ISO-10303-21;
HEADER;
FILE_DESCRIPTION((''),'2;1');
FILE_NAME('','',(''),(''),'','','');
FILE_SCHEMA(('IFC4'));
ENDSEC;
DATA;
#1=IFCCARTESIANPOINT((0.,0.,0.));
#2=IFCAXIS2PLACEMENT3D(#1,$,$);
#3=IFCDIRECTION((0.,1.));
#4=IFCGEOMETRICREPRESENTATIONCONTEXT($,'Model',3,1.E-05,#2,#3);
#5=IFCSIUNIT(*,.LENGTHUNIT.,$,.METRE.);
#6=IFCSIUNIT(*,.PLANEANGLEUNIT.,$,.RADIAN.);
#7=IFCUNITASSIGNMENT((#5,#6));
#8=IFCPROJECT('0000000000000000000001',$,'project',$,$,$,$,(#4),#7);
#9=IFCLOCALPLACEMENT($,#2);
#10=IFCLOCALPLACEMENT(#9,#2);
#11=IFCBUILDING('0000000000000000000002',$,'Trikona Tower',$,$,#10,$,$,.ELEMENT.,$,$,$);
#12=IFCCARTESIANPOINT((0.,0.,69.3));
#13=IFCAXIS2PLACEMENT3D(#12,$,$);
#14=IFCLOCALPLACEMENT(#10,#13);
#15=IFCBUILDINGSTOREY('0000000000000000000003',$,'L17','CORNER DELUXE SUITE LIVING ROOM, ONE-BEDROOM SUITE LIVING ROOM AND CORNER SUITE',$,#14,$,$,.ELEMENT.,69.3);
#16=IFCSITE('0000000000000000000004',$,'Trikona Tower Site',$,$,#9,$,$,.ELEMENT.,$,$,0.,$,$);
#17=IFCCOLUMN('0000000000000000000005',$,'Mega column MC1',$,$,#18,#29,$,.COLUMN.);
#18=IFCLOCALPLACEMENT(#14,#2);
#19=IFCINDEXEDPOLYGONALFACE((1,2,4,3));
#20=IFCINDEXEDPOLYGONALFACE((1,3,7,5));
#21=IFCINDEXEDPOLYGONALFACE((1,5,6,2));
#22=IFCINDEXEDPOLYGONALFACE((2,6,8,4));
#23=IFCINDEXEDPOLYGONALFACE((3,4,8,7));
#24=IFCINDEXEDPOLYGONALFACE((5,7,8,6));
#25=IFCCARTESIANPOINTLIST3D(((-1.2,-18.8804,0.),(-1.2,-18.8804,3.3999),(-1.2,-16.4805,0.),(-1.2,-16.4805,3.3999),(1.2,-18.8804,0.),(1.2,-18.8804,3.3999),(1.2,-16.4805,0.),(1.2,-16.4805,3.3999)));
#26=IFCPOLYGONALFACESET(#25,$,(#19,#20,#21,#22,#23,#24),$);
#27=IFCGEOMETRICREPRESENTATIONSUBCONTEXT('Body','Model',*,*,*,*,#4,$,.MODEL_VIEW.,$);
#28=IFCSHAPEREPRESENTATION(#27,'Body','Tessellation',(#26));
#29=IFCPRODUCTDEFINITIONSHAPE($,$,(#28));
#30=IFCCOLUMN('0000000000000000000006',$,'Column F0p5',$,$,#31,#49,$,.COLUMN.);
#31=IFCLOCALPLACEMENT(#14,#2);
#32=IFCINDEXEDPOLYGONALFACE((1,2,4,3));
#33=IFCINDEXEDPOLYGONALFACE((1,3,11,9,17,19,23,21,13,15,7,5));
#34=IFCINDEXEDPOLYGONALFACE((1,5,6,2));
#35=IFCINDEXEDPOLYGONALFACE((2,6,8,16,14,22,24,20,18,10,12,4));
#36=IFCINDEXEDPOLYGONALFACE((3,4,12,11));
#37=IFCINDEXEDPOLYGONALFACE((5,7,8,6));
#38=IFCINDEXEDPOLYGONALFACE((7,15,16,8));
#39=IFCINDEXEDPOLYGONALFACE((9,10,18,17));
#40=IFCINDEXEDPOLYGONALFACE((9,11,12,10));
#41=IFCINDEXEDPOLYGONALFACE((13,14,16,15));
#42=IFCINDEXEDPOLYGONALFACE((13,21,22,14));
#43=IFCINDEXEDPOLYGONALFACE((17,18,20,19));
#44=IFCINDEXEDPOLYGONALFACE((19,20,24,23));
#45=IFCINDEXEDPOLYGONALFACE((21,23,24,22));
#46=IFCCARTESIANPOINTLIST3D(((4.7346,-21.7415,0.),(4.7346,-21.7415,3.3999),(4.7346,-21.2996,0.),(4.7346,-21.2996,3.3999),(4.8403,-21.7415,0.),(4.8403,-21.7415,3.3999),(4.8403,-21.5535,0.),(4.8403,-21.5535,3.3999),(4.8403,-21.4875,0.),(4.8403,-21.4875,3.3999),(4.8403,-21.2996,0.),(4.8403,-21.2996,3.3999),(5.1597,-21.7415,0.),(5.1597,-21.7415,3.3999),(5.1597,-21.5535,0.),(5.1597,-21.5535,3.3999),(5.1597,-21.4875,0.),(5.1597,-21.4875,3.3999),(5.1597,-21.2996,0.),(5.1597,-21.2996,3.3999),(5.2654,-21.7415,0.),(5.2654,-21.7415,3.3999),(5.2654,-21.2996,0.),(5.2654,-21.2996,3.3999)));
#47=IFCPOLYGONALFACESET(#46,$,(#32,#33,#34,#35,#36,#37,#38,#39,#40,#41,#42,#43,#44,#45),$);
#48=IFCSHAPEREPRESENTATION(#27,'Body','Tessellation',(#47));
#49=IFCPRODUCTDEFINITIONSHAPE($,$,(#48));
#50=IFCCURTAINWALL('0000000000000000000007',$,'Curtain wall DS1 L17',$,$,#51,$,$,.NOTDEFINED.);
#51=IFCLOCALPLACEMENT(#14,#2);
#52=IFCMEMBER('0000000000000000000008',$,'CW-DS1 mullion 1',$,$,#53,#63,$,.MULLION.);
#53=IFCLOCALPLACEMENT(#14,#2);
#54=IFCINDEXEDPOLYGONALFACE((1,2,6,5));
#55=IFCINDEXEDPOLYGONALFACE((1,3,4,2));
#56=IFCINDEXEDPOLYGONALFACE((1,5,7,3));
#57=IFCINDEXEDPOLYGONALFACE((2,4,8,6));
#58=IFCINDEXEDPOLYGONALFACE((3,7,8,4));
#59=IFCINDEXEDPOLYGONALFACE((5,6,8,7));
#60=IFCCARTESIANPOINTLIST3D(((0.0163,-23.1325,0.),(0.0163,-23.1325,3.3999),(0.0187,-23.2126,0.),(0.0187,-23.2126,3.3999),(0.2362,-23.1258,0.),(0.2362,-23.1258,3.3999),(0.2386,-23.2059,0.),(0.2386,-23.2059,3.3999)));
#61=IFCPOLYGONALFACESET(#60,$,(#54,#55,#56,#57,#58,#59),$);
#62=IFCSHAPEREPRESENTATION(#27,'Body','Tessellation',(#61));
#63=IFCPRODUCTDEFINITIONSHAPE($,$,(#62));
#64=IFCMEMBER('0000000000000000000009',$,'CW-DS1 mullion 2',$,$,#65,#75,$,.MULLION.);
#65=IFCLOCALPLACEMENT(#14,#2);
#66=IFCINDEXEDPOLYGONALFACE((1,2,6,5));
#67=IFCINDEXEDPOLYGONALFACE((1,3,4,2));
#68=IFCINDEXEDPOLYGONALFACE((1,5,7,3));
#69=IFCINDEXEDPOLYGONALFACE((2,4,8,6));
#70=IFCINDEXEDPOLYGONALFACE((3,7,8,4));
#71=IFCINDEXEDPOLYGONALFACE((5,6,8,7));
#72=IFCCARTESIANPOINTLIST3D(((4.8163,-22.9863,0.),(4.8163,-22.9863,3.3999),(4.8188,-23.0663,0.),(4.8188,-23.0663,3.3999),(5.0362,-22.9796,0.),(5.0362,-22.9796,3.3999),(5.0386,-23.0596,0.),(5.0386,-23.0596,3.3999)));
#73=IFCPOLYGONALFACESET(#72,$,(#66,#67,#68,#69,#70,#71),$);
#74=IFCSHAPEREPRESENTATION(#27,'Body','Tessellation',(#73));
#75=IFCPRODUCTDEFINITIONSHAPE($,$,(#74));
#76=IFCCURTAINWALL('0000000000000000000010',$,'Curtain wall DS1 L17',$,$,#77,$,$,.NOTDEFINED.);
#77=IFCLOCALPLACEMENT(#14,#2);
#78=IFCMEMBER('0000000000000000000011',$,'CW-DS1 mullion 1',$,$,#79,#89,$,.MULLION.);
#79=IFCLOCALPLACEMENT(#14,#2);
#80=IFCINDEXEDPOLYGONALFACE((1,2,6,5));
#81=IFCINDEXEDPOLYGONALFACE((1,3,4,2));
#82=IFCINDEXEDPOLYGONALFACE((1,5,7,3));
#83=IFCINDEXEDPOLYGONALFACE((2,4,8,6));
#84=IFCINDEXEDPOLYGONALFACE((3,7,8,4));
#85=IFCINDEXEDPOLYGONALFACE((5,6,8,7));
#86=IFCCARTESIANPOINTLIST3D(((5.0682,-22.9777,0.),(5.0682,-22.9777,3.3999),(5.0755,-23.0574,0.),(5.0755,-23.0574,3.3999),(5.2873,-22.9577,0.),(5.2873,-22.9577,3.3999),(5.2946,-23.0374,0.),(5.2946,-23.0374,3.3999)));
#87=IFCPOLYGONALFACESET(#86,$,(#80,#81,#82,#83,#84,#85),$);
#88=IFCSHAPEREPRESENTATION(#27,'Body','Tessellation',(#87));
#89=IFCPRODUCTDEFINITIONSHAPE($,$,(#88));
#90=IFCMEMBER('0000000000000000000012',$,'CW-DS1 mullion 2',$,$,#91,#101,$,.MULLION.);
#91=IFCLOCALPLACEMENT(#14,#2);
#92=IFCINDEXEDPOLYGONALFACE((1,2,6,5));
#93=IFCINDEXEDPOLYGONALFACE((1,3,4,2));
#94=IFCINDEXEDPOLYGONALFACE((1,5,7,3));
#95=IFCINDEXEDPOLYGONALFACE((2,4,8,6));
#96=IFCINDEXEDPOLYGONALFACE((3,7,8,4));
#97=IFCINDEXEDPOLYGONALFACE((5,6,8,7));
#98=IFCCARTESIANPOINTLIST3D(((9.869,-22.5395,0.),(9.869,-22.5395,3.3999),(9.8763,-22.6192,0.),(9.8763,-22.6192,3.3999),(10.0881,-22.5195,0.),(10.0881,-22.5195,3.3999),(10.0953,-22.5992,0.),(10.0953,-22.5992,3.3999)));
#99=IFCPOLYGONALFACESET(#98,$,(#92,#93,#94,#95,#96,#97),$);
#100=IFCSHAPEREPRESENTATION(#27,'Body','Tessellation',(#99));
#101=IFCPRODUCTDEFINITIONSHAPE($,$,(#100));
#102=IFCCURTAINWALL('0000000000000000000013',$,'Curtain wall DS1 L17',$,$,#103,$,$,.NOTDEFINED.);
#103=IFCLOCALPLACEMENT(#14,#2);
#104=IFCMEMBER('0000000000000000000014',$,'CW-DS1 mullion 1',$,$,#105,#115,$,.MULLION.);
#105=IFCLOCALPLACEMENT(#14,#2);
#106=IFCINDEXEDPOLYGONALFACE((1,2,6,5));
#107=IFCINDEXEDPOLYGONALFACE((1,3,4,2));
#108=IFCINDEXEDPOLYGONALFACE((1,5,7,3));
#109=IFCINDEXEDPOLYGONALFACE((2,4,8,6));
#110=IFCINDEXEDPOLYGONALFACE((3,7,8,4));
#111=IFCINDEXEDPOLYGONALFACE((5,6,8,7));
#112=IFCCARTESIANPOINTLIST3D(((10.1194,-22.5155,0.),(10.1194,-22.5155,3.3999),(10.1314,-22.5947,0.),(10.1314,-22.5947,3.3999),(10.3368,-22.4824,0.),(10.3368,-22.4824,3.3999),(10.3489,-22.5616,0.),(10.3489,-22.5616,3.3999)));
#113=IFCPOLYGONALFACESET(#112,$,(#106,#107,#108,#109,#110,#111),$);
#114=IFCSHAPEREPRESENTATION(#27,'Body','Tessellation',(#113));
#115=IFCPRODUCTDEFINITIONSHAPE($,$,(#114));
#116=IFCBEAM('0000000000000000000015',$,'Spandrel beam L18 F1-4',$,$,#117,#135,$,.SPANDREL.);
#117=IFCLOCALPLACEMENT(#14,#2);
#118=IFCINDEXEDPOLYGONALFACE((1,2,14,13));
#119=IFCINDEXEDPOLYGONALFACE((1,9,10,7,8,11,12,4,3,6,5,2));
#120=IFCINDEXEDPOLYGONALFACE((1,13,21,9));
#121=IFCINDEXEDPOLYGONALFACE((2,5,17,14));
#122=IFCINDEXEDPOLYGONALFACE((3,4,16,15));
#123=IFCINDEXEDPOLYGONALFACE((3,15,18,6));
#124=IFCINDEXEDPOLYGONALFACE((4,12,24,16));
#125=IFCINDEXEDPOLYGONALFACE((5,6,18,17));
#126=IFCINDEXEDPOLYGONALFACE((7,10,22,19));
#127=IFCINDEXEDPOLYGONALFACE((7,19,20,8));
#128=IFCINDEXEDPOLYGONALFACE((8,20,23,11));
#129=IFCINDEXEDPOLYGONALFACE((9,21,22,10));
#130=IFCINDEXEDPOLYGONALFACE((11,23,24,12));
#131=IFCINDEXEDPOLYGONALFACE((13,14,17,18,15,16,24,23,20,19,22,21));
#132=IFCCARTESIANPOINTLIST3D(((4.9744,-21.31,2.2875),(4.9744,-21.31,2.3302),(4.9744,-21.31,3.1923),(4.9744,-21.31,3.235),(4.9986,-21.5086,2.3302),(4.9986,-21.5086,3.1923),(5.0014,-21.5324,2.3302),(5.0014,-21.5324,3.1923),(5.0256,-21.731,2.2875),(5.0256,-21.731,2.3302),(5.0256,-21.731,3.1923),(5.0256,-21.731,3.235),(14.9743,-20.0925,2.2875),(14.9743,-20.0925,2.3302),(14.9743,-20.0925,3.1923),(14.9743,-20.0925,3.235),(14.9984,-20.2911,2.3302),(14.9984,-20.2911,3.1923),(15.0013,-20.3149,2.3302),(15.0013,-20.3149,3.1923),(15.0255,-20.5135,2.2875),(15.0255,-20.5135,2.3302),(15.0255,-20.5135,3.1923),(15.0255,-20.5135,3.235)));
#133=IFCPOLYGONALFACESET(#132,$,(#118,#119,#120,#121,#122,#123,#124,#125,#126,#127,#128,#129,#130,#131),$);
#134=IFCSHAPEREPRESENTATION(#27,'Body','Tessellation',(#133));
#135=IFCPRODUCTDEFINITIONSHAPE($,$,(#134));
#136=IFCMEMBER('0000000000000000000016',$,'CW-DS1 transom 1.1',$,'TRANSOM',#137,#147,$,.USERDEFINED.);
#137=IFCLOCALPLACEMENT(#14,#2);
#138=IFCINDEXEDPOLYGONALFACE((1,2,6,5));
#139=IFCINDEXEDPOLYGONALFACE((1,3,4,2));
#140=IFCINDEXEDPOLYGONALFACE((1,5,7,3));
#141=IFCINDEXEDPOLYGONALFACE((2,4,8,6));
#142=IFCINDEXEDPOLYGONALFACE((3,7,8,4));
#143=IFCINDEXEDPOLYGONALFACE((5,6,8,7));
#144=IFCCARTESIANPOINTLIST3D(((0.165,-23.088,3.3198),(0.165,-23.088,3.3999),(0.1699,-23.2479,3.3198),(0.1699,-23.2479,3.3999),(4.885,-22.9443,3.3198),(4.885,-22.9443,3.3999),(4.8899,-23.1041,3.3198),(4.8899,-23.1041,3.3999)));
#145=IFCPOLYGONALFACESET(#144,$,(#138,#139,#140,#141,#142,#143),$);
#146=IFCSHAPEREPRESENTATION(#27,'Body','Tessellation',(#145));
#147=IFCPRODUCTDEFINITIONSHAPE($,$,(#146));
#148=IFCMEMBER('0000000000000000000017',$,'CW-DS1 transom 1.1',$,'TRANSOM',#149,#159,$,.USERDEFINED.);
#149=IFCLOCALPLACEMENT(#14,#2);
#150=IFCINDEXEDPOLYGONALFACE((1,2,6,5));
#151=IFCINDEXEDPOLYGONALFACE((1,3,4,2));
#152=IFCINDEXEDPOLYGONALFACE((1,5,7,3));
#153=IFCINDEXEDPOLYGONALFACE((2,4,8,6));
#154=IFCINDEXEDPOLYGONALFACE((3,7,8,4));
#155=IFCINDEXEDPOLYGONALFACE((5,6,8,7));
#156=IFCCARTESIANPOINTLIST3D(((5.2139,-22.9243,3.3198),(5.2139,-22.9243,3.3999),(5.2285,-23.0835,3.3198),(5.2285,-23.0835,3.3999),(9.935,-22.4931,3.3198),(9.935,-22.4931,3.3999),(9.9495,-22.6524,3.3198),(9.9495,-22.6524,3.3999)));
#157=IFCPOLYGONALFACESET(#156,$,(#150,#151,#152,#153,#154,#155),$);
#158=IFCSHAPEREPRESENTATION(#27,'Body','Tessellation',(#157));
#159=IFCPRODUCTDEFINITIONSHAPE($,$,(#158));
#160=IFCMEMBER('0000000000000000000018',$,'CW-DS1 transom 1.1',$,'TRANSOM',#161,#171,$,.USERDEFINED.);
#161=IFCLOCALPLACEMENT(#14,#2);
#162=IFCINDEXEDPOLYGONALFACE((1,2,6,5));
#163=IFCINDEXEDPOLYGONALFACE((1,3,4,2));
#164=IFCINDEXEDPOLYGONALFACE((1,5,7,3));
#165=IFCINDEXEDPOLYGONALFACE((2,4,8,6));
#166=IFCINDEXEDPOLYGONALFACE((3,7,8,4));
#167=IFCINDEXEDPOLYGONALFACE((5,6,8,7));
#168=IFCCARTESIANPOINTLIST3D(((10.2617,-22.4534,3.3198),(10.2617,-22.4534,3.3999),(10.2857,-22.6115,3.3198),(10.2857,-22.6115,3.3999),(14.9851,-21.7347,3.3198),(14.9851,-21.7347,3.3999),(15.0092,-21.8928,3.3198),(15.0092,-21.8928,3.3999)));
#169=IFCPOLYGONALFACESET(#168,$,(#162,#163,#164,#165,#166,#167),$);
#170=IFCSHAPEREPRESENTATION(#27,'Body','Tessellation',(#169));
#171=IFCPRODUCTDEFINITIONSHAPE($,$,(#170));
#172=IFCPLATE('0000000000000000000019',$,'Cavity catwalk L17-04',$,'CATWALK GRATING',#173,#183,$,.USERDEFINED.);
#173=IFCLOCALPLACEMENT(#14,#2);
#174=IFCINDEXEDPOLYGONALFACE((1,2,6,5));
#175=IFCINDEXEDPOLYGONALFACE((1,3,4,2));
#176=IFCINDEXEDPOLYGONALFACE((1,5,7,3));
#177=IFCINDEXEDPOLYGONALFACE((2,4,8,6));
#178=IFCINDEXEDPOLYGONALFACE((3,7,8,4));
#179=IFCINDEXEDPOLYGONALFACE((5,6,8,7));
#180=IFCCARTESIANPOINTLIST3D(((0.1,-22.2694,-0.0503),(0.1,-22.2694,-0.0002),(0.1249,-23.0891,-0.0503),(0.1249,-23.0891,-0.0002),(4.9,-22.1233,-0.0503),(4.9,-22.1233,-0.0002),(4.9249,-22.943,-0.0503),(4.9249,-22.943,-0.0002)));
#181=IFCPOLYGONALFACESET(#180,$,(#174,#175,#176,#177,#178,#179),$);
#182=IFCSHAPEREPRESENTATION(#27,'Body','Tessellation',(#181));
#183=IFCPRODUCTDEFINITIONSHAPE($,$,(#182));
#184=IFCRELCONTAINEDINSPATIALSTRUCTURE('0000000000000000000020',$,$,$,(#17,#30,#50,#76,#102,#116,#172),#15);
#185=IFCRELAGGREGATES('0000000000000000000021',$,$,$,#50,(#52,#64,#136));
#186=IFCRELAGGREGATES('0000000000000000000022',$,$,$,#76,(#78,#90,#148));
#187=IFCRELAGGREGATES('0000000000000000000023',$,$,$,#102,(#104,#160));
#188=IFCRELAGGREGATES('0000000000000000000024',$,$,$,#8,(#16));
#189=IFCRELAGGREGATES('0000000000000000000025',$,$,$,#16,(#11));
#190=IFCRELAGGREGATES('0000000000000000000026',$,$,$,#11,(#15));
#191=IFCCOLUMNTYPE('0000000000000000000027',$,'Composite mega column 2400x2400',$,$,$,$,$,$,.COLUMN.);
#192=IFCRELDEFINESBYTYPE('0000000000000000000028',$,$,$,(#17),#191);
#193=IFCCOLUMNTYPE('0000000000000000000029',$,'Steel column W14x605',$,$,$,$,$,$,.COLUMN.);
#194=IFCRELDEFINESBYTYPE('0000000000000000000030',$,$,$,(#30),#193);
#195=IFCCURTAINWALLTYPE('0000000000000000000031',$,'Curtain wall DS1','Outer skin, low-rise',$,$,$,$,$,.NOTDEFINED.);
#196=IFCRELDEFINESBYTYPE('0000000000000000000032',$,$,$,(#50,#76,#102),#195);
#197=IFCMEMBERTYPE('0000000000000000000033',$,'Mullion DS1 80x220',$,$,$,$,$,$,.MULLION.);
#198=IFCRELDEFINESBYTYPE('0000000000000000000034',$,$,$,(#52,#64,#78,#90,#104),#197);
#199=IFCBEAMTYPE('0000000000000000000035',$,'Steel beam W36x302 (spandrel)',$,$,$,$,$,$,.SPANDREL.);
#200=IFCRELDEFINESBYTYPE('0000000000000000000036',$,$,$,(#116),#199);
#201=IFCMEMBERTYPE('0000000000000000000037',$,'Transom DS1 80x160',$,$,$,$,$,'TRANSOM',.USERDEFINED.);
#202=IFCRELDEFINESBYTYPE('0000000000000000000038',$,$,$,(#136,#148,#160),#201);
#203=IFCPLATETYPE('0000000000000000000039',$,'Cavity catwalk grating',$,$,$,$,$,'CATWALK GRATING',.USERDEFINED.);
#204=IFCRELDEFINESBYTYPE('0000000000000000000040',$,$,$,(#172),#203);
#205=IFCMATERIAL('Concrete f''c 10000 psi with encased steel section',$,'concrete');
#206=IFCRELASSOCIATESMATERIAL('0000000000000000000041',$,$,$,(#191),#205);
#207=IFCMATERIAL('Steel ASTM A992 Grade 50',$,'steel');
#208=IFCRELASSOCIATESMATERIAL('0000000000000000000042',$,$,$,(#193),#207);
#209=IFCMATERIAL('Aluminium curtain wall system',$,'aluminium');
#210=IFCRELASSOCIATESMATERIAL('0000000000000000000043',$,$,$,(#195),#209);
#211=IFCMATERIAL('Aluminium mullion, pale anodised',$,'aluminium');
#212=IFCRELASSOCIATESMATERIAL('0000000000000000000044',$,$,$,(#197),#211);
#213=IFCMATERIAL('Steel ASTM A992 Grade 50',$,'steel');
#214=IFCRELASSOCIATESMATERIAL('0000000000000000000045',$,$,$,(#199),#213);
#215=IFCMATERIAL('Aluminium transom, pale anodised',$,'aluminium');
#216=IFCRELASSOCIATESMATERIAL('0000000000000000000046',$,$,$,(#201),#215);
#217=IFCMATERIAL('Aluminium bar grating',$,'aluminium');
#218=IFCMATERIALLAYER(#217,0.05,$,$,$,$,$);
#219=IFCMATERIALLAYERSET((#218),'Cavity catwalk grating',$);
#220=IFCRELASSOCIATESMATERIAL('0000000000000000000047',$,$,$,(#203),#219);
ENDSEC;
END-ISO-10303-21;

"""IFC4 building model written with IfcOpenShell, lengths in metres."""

from ifc_helpers import new_model, si_unit, direction, frame, origin, origin_2d, place, context, subcontext, project, spatial, rectangle, i_section, extrude, material, layer, layer_set, material_profile, profile_set, type_object, element, aggregate, save


model = new_model("IFC4")

# Units and contexts
model_context = context("Model", 3, precision=1e-05, world=origin(), true_north=direction((0.0, 1.0)))
body_context = subcontext(model_context, "Body", "Model", "MODEL_VIEW")
ifc_project = project(units=[si_unit("LENGTHUNIT", "METRE"), si_unit("PLANEANGLEUNIT", "RADIAN")], contexts=[model_context])

# Site, building, storey
site_placement = place(None, origin())
site = spatial("IfcSite", under=ifc_project, at=site_placement, Name="Trikona Tower Site", CompositionType="ELEMENT", RefElevation=0.0)
building_placement = place(site_placement, origin())
building = spatial("IfcBuilding", under=site, at=building_placement, Name="Trikona Tower", CompositionType="ELEMENT")
storey_placement = place(building_placement, frame((0.0, 0.0, 69.3)))
storey = spatial("IfcBuildingStorey", under=building, at=storey_placement, Name="L17", Description="CORNER DELUXE SUITE LIVING ROOM, ONE-BEDROOM SUITE LIVING ROOM AND CORNER SUITE", CompositionType="ELEMENT", Elevation=69.3)

# Columns
ifc_material_1 = material(Name="Concrete f'c 10000 psi with encased steel section", Category="concrete")
ifc_material_profile_1 = material_profile(ifc_material_1, rectangle(XDim=2.3999, YDim=2.3999, at=origin_2d()), Name="MC2400")
ifc_profile_set_1 = profile_set([ifc_material_profile_1], Name="Concrete f'c 10000 psi with encased steel section")
column_type_1 = type_object("IfcColumnType", Name="Composite mega column 2400x2400", PredefinedType="COLUMN", material=ifc_profile_set_1)
column_1_placement = place(storey_placement, frame((0.0, -17.6804, 0.0), z_axis=(0.0, 0.0, 1.0), x_axis=(0.0, -1.0, 0.0)))
element("IfcColumn", 1, at=column_1_placement, inside=storey, type_object=column_type_1, Name="Mega column MC1", PredefinedType="COLUMN", context=body_context, shape_type="SweptSolid", body=[
    extrude(rectangle(XDim=2.3999, YDim=2.3999, at=origin_2d()), origin(), (0.0, 0.0, 1.0), 3.3999),
])
ifc_material_2 = material(Name="Steel ASTM A992 Grade 50", Category="steel")
ifc_material_profile_2 = material_profile(ifc_material_2, i_section(OverallWidth=0.4419, OverallDepth=0.5308, WebThickness=0.0659, FlangeThickness=0.1057, at=origin_2d()), Name="W14X605")
ifc_profile_set_2 = profile_set([ifc_material_profile_2], Name="Steel ASTM A992 Grade 50")
column_type_2 = type_object("IfcColumnType", Name="Steel column W14x605", PredefinedType="COLUMN", material=ifc_profile_set_2)
column_2_placement = place(storey_placement, frame((5.0, -21.5205, 0.0), z_axis=(0.0, 0.0, 1.0), x_axis=(0.0, -1.0, 0.0)))
element("IfcColumn", 2, at=column_2_placement, inside=storey, type_object=column_type_2, Name="Column F0p5", PredefinedType="COLUMN", context=body_context, shape_type="SweptSolid", body=[
    extrude(i_section(OverallWidth=0.4419, OverallDepth=0.5308, WebThickness=0.0659, FlangeThickness=0.1057, at=origin_2d()), origin(), (0.0, 0.0, 1.0), 3.3999),
])

# Curtain walls, members
ifc_material_3 = material(Name="Aluminium curtain wall system", Category="aluminium")
curtain_wall_type = type_object("IfcCurtainWallType", Name="Curtain wall DS1", Description="Outer skin, low-rise", PredefinedType="NOTDEFINED", material=ifc_material_3)
curtain_wall_1_placement = place(storey_placement, origin())
curtain_wall_1 = element("IfcCurtainWall", 3, at=curtain_wall_1_placement, inside=storey, type_object=curtain_wall_type, Name="Curtain wall DS1 L17", PredefinedType="NOTDEFINED")
ifc_material_4 = material(Name="Aluminium mullion, pale anodised", Category="aluminium")
ifc_material_profile_3 = material_profile(ifc_material_4, rectangle(XDim=0.0801, YDim=0.22, at=origin_2d()), Name="MUL-DS1")
ifc_profile_set_3 = profile_set([ifc_material_profile_3], Name="Aluminium mullion, pale anodised")
member_type_1 = type_object("IfcMemberType", Name="Mullion DS1 80x220", PredefinedType="MULLION", material=ifc_profile_set_3)
member_1_placement = place(storey_placement, frame((0.1274, -23.1692, 0.0), z_axis=(0.0, 0.0, 1.0), x_axis=(-0.030437, 0.999537, 0.0)))
member_1 = element("IfcMember", 4, at=member_1_placement, type_object=member_type_1, Name="CW-DS1 mullion 1", PredefinedType="MULLION", context=body_context, shape_type="SweptSolid", body=[
    extrude(rectangle(XDim=0.0801, YDim=0.22, at=origin_2d()), origin(), (0.0, 0.0, 1.0), 3.3999),
])
member_2_placement = place(storey_placement, frame((4.9275, -23.0229, 0.0), z_axis=(0.0, 0.0, 1.0), x_axis=(-0.030437, 0.999537, 0.0)))
member_2 = element("IfcMember", 5, at=member_2_placement, type_object=member_type_1, Name="CW-DS1 mullion 2", PredefinedType="MULLION", context=body_context, shape_type="SweptSolid", body=[
    extrude(rectangle(XDim=0.0801, YDim=0.22, at=origin_2d()), origin(), (0.0, 0.0, 1.0), 3.3999),
])
curtain_wall_2_placement = place(storey_placement, origin())
curtain_wall_2 = element("IfcCurtainWall", 6, at=curtain_wall_2_placement, inside=storey, type_object=curtain_wall_type, Name="Curtain wall DS1 L17", PredefinedType="NOTDEFINED")
member_3_placement = place(storey_placement, frame((5.1814, -23.0076, 0.0), z_axis=(0.0, 0.0, 1.0), x_axis=(-0.090924, 0.995858, 0.0)))
member_3 = element("IfcMember", 7, at=member_3_placement, type_object=member_type_1, Name="CW-DS1 mullion 1", PredefinedType="MULLION", context=body_context, shape_type="SweptSolid", body=[
    extrude(rectangle(XDim=0.0801, YDim=0.22, at=origin_2d()), origin(), (0.0, 0.0, 1.0), 3.3999),
])
member_4_placement = place(storey_placement, frame((9.9822, -22.5693, 0.0), z_axis=(0.0, 0.0, 1.0), x_axis=(-0.090924, 0.995858, 0.0)))
member_4 = element("IfcMember", 8, at=member_4_placement, type_object=member_type_1, Name="CW-DS1 mullion 2", PredefinedType="MULLION", context=body_context, shape_type="SweptSolid", body=[
    extrude(rectangle(XDim=0.0801, YDim=0.22, at=origin_2d()), origin(), (0.0, 0.0, 1.0), 3.3999),
])

# Curtain wall, member
curtain_wall_3_placement = place(storey_placement, origin())
curtain_wall_3 = element("IfcCurtainWall", 9, at=curtain_wall_3_placement, inside=storey, type_object=curtain_wall_type, Name="Curtain wall DS1 L17", PredefinedType="NOTDEFINED")
member_5_placement = place(storey_placement, frame((10.2341, -22.5386, 0.0), z_axis=(0.0, 0.0, 1.0), x_axis=(-0.150438, 0.988619, 0.0)))
member_5 = element("IfcMember", 10, at=member_5_placement, type_object=member_type_1, Name="CW-DS1 mullion 1", PredefinedType="MULLION", context=body_context, shape_type="SweptSolid", body=[
    extrude(rectangle(XDim=0.0801, YDim=0.22, at=origin_2d()), origin(), (0.0, 0.0, 1.0), 3.3999),
])

# Beam
ifc_material_5 = material(Name="Steel ASTM A992 Grade 50", Category="steel")
ifc_material_profile_4 = material_profile(ifc_material_5, i_section(OverallWidth=0.4241, OverallDepth=0.9475, WebThickness=0.0239, FlangeThickness=0.0427, at=origin_2d()), Name="W36X302")
ifc_profile_set_4 = profile_set([ifc_material_profile_4], Name="Steel ASTM A992 Grade 50")
beam_type = type_object("IfcBeamType", Name="Steel beam W36x302 (spandrel)", PredefinedType="SPANDREL", material=ifc_profile_set_4)
beam_placement = place(storey_placement, frame((5.0, -21.5205, 2.7612), z_axis=(0.99267, 0.12086, 0.0), x_axis=(-0.12086, 0.99267, 0.0)))
element("IfcBeam", 11, at=beam_placement, inside=storey, type_object=beam_type, Name="Spandrel beam L18 F1-4", PredefinedType="SPANDREL", context=body_context, shape_type="SweptSolid", body=[
    extrude(i_section(OverallWidth=0.4241, OverallDepth=0.9475, WebThickness=0.0239, FlangeThickness=0.0427, at=origin_2d()), origin(), (0.0, 0.0, 1.0), 10.0737),
])

# Members
ifc_material_6 = material(Name="Aluminium transom, pale anodised", Category="aluminium")
ifc_material_profile_5 = material_profile(ifc_material_6, rectangle(XDim=0.1599, YDim=0.0801, at=origin_2d()), Name="TRN-DS1")
ifc_profile_set_5 = profile_set([ifc_material_profile_5], Name="Aluminium transom, pale anodised")
member_type_2 = type_object("IfcMemberType", Name="Transom DS1 80x160", ElementType="TRANSOM", PredefinedType="USERDEFINED", material=ifc_profile_set_5)
member_6_placement = place(storey_placement, frame((0.1675, -23.168, 3.3599), z_axis=(0.999536, 0.030452, 0.0), x_axis=(-0.030452, 0.999536, 0.0)))
member_6 = element("IfcMember", 12, at=member_6_placement, type_object=member_type_2, Name="CW-DS1 transom 1.1", ObjectType="TRANSOM", PredefinedType="USERDEFINED", context=body_context, shape_type="SweptSolid", body=[
    extrude(rectangle(XDim=0.1599, YDim=0.0801, at=origin_2d()), origin(), (0.0, 0.0, 1.0), 4.7222),
])
member_7_placement = place(storey_placement, frame((5.2212, -23.0039, 3.3599), z_axis=(0.995856, 0.090944, 0.0), x_axis=(-0.090944, 0.995856, 0.0)))
member_7 = element("IfcMember", 13, at=member_7_placement, type_object=member_type_2, Name="CW-DS1 transom 1.1", ObjectType="TRANSOM", PredefinedType="USERDEFINED", context=body_context, shape_type="SweptSolid", body=[
    extrude(rectangle(XDim=0.1599, YDim=0.0801, at=origin_2d()), origin(), (0.0, 0.0, 1.0), 4.7407),
])
member_8_placement = place(storey_placement, frame((10.2737, -22.5325, 3.3599), z_axis=(0.98862, 0.150437, 0.0), x_axis=(-0.150437, 0.98862, 0.0)))
member_8 = element("IfcMember", 14, at=member_8_placement, type_object=member_type_2, Name="CW-DS1 transom 1.1", ObjectType="TRANSOM", PredefinedType="USERDEFINED", context=body_context, shape_type="SweptSolid", body=[
    extrude(rectangle(XDim=0.1599, YDim=0.0801, at=origin_2d()), origin(), (0.0, 0.0, 1.0), 4.7778),
])

# Plate
ifc_material_7 = material(Name="Aluminium bar grating", Category="aluminium")
ifc_layer_1 = layer(ifc_material_7, 0.05)
ifc_layer_set_1 = layer_set([ifc_layer_1], Name="Cavity catwalk grating")
plate_type_1 = type_object("IfcPlateType", Name="Cavity catwalk grating", ElementType="CATWALK GRATING", PredefinedType="USERDEFINED", material=ifc_layer_set_1)
plate_1_placement = place(storey_placement, frame((2.5125, -22.6062, -0.0503), z_axis=(0.0, 0.0, 1.0), x_axis=(0.999537, 0.030425, 0.0)))
element("IfcPlate", 15, at=plate_1_placement, inside=storey, type_object=plate_type_1, Name="Cavity catwalk L17-04", ObjectType="CATWALK GRATING", PredefinedType="USERDEFINED", context=body_context, shape_type="SweptSolid", body=[
    extrude(rectangle(XDim=4.8022, YDim=0.8201, at=origin_2d()), origin(), (0.0, 0.0, 1.0), 0.05),
])

aggregate(curtain_wall_1, [member_1, member_2, member_6])
aggregate(curtain_wall_2, [member_3, member_4, member_7])
aggregate(curtain_wall_3, [member_5, member_8])

save(model, "model.ifc")
